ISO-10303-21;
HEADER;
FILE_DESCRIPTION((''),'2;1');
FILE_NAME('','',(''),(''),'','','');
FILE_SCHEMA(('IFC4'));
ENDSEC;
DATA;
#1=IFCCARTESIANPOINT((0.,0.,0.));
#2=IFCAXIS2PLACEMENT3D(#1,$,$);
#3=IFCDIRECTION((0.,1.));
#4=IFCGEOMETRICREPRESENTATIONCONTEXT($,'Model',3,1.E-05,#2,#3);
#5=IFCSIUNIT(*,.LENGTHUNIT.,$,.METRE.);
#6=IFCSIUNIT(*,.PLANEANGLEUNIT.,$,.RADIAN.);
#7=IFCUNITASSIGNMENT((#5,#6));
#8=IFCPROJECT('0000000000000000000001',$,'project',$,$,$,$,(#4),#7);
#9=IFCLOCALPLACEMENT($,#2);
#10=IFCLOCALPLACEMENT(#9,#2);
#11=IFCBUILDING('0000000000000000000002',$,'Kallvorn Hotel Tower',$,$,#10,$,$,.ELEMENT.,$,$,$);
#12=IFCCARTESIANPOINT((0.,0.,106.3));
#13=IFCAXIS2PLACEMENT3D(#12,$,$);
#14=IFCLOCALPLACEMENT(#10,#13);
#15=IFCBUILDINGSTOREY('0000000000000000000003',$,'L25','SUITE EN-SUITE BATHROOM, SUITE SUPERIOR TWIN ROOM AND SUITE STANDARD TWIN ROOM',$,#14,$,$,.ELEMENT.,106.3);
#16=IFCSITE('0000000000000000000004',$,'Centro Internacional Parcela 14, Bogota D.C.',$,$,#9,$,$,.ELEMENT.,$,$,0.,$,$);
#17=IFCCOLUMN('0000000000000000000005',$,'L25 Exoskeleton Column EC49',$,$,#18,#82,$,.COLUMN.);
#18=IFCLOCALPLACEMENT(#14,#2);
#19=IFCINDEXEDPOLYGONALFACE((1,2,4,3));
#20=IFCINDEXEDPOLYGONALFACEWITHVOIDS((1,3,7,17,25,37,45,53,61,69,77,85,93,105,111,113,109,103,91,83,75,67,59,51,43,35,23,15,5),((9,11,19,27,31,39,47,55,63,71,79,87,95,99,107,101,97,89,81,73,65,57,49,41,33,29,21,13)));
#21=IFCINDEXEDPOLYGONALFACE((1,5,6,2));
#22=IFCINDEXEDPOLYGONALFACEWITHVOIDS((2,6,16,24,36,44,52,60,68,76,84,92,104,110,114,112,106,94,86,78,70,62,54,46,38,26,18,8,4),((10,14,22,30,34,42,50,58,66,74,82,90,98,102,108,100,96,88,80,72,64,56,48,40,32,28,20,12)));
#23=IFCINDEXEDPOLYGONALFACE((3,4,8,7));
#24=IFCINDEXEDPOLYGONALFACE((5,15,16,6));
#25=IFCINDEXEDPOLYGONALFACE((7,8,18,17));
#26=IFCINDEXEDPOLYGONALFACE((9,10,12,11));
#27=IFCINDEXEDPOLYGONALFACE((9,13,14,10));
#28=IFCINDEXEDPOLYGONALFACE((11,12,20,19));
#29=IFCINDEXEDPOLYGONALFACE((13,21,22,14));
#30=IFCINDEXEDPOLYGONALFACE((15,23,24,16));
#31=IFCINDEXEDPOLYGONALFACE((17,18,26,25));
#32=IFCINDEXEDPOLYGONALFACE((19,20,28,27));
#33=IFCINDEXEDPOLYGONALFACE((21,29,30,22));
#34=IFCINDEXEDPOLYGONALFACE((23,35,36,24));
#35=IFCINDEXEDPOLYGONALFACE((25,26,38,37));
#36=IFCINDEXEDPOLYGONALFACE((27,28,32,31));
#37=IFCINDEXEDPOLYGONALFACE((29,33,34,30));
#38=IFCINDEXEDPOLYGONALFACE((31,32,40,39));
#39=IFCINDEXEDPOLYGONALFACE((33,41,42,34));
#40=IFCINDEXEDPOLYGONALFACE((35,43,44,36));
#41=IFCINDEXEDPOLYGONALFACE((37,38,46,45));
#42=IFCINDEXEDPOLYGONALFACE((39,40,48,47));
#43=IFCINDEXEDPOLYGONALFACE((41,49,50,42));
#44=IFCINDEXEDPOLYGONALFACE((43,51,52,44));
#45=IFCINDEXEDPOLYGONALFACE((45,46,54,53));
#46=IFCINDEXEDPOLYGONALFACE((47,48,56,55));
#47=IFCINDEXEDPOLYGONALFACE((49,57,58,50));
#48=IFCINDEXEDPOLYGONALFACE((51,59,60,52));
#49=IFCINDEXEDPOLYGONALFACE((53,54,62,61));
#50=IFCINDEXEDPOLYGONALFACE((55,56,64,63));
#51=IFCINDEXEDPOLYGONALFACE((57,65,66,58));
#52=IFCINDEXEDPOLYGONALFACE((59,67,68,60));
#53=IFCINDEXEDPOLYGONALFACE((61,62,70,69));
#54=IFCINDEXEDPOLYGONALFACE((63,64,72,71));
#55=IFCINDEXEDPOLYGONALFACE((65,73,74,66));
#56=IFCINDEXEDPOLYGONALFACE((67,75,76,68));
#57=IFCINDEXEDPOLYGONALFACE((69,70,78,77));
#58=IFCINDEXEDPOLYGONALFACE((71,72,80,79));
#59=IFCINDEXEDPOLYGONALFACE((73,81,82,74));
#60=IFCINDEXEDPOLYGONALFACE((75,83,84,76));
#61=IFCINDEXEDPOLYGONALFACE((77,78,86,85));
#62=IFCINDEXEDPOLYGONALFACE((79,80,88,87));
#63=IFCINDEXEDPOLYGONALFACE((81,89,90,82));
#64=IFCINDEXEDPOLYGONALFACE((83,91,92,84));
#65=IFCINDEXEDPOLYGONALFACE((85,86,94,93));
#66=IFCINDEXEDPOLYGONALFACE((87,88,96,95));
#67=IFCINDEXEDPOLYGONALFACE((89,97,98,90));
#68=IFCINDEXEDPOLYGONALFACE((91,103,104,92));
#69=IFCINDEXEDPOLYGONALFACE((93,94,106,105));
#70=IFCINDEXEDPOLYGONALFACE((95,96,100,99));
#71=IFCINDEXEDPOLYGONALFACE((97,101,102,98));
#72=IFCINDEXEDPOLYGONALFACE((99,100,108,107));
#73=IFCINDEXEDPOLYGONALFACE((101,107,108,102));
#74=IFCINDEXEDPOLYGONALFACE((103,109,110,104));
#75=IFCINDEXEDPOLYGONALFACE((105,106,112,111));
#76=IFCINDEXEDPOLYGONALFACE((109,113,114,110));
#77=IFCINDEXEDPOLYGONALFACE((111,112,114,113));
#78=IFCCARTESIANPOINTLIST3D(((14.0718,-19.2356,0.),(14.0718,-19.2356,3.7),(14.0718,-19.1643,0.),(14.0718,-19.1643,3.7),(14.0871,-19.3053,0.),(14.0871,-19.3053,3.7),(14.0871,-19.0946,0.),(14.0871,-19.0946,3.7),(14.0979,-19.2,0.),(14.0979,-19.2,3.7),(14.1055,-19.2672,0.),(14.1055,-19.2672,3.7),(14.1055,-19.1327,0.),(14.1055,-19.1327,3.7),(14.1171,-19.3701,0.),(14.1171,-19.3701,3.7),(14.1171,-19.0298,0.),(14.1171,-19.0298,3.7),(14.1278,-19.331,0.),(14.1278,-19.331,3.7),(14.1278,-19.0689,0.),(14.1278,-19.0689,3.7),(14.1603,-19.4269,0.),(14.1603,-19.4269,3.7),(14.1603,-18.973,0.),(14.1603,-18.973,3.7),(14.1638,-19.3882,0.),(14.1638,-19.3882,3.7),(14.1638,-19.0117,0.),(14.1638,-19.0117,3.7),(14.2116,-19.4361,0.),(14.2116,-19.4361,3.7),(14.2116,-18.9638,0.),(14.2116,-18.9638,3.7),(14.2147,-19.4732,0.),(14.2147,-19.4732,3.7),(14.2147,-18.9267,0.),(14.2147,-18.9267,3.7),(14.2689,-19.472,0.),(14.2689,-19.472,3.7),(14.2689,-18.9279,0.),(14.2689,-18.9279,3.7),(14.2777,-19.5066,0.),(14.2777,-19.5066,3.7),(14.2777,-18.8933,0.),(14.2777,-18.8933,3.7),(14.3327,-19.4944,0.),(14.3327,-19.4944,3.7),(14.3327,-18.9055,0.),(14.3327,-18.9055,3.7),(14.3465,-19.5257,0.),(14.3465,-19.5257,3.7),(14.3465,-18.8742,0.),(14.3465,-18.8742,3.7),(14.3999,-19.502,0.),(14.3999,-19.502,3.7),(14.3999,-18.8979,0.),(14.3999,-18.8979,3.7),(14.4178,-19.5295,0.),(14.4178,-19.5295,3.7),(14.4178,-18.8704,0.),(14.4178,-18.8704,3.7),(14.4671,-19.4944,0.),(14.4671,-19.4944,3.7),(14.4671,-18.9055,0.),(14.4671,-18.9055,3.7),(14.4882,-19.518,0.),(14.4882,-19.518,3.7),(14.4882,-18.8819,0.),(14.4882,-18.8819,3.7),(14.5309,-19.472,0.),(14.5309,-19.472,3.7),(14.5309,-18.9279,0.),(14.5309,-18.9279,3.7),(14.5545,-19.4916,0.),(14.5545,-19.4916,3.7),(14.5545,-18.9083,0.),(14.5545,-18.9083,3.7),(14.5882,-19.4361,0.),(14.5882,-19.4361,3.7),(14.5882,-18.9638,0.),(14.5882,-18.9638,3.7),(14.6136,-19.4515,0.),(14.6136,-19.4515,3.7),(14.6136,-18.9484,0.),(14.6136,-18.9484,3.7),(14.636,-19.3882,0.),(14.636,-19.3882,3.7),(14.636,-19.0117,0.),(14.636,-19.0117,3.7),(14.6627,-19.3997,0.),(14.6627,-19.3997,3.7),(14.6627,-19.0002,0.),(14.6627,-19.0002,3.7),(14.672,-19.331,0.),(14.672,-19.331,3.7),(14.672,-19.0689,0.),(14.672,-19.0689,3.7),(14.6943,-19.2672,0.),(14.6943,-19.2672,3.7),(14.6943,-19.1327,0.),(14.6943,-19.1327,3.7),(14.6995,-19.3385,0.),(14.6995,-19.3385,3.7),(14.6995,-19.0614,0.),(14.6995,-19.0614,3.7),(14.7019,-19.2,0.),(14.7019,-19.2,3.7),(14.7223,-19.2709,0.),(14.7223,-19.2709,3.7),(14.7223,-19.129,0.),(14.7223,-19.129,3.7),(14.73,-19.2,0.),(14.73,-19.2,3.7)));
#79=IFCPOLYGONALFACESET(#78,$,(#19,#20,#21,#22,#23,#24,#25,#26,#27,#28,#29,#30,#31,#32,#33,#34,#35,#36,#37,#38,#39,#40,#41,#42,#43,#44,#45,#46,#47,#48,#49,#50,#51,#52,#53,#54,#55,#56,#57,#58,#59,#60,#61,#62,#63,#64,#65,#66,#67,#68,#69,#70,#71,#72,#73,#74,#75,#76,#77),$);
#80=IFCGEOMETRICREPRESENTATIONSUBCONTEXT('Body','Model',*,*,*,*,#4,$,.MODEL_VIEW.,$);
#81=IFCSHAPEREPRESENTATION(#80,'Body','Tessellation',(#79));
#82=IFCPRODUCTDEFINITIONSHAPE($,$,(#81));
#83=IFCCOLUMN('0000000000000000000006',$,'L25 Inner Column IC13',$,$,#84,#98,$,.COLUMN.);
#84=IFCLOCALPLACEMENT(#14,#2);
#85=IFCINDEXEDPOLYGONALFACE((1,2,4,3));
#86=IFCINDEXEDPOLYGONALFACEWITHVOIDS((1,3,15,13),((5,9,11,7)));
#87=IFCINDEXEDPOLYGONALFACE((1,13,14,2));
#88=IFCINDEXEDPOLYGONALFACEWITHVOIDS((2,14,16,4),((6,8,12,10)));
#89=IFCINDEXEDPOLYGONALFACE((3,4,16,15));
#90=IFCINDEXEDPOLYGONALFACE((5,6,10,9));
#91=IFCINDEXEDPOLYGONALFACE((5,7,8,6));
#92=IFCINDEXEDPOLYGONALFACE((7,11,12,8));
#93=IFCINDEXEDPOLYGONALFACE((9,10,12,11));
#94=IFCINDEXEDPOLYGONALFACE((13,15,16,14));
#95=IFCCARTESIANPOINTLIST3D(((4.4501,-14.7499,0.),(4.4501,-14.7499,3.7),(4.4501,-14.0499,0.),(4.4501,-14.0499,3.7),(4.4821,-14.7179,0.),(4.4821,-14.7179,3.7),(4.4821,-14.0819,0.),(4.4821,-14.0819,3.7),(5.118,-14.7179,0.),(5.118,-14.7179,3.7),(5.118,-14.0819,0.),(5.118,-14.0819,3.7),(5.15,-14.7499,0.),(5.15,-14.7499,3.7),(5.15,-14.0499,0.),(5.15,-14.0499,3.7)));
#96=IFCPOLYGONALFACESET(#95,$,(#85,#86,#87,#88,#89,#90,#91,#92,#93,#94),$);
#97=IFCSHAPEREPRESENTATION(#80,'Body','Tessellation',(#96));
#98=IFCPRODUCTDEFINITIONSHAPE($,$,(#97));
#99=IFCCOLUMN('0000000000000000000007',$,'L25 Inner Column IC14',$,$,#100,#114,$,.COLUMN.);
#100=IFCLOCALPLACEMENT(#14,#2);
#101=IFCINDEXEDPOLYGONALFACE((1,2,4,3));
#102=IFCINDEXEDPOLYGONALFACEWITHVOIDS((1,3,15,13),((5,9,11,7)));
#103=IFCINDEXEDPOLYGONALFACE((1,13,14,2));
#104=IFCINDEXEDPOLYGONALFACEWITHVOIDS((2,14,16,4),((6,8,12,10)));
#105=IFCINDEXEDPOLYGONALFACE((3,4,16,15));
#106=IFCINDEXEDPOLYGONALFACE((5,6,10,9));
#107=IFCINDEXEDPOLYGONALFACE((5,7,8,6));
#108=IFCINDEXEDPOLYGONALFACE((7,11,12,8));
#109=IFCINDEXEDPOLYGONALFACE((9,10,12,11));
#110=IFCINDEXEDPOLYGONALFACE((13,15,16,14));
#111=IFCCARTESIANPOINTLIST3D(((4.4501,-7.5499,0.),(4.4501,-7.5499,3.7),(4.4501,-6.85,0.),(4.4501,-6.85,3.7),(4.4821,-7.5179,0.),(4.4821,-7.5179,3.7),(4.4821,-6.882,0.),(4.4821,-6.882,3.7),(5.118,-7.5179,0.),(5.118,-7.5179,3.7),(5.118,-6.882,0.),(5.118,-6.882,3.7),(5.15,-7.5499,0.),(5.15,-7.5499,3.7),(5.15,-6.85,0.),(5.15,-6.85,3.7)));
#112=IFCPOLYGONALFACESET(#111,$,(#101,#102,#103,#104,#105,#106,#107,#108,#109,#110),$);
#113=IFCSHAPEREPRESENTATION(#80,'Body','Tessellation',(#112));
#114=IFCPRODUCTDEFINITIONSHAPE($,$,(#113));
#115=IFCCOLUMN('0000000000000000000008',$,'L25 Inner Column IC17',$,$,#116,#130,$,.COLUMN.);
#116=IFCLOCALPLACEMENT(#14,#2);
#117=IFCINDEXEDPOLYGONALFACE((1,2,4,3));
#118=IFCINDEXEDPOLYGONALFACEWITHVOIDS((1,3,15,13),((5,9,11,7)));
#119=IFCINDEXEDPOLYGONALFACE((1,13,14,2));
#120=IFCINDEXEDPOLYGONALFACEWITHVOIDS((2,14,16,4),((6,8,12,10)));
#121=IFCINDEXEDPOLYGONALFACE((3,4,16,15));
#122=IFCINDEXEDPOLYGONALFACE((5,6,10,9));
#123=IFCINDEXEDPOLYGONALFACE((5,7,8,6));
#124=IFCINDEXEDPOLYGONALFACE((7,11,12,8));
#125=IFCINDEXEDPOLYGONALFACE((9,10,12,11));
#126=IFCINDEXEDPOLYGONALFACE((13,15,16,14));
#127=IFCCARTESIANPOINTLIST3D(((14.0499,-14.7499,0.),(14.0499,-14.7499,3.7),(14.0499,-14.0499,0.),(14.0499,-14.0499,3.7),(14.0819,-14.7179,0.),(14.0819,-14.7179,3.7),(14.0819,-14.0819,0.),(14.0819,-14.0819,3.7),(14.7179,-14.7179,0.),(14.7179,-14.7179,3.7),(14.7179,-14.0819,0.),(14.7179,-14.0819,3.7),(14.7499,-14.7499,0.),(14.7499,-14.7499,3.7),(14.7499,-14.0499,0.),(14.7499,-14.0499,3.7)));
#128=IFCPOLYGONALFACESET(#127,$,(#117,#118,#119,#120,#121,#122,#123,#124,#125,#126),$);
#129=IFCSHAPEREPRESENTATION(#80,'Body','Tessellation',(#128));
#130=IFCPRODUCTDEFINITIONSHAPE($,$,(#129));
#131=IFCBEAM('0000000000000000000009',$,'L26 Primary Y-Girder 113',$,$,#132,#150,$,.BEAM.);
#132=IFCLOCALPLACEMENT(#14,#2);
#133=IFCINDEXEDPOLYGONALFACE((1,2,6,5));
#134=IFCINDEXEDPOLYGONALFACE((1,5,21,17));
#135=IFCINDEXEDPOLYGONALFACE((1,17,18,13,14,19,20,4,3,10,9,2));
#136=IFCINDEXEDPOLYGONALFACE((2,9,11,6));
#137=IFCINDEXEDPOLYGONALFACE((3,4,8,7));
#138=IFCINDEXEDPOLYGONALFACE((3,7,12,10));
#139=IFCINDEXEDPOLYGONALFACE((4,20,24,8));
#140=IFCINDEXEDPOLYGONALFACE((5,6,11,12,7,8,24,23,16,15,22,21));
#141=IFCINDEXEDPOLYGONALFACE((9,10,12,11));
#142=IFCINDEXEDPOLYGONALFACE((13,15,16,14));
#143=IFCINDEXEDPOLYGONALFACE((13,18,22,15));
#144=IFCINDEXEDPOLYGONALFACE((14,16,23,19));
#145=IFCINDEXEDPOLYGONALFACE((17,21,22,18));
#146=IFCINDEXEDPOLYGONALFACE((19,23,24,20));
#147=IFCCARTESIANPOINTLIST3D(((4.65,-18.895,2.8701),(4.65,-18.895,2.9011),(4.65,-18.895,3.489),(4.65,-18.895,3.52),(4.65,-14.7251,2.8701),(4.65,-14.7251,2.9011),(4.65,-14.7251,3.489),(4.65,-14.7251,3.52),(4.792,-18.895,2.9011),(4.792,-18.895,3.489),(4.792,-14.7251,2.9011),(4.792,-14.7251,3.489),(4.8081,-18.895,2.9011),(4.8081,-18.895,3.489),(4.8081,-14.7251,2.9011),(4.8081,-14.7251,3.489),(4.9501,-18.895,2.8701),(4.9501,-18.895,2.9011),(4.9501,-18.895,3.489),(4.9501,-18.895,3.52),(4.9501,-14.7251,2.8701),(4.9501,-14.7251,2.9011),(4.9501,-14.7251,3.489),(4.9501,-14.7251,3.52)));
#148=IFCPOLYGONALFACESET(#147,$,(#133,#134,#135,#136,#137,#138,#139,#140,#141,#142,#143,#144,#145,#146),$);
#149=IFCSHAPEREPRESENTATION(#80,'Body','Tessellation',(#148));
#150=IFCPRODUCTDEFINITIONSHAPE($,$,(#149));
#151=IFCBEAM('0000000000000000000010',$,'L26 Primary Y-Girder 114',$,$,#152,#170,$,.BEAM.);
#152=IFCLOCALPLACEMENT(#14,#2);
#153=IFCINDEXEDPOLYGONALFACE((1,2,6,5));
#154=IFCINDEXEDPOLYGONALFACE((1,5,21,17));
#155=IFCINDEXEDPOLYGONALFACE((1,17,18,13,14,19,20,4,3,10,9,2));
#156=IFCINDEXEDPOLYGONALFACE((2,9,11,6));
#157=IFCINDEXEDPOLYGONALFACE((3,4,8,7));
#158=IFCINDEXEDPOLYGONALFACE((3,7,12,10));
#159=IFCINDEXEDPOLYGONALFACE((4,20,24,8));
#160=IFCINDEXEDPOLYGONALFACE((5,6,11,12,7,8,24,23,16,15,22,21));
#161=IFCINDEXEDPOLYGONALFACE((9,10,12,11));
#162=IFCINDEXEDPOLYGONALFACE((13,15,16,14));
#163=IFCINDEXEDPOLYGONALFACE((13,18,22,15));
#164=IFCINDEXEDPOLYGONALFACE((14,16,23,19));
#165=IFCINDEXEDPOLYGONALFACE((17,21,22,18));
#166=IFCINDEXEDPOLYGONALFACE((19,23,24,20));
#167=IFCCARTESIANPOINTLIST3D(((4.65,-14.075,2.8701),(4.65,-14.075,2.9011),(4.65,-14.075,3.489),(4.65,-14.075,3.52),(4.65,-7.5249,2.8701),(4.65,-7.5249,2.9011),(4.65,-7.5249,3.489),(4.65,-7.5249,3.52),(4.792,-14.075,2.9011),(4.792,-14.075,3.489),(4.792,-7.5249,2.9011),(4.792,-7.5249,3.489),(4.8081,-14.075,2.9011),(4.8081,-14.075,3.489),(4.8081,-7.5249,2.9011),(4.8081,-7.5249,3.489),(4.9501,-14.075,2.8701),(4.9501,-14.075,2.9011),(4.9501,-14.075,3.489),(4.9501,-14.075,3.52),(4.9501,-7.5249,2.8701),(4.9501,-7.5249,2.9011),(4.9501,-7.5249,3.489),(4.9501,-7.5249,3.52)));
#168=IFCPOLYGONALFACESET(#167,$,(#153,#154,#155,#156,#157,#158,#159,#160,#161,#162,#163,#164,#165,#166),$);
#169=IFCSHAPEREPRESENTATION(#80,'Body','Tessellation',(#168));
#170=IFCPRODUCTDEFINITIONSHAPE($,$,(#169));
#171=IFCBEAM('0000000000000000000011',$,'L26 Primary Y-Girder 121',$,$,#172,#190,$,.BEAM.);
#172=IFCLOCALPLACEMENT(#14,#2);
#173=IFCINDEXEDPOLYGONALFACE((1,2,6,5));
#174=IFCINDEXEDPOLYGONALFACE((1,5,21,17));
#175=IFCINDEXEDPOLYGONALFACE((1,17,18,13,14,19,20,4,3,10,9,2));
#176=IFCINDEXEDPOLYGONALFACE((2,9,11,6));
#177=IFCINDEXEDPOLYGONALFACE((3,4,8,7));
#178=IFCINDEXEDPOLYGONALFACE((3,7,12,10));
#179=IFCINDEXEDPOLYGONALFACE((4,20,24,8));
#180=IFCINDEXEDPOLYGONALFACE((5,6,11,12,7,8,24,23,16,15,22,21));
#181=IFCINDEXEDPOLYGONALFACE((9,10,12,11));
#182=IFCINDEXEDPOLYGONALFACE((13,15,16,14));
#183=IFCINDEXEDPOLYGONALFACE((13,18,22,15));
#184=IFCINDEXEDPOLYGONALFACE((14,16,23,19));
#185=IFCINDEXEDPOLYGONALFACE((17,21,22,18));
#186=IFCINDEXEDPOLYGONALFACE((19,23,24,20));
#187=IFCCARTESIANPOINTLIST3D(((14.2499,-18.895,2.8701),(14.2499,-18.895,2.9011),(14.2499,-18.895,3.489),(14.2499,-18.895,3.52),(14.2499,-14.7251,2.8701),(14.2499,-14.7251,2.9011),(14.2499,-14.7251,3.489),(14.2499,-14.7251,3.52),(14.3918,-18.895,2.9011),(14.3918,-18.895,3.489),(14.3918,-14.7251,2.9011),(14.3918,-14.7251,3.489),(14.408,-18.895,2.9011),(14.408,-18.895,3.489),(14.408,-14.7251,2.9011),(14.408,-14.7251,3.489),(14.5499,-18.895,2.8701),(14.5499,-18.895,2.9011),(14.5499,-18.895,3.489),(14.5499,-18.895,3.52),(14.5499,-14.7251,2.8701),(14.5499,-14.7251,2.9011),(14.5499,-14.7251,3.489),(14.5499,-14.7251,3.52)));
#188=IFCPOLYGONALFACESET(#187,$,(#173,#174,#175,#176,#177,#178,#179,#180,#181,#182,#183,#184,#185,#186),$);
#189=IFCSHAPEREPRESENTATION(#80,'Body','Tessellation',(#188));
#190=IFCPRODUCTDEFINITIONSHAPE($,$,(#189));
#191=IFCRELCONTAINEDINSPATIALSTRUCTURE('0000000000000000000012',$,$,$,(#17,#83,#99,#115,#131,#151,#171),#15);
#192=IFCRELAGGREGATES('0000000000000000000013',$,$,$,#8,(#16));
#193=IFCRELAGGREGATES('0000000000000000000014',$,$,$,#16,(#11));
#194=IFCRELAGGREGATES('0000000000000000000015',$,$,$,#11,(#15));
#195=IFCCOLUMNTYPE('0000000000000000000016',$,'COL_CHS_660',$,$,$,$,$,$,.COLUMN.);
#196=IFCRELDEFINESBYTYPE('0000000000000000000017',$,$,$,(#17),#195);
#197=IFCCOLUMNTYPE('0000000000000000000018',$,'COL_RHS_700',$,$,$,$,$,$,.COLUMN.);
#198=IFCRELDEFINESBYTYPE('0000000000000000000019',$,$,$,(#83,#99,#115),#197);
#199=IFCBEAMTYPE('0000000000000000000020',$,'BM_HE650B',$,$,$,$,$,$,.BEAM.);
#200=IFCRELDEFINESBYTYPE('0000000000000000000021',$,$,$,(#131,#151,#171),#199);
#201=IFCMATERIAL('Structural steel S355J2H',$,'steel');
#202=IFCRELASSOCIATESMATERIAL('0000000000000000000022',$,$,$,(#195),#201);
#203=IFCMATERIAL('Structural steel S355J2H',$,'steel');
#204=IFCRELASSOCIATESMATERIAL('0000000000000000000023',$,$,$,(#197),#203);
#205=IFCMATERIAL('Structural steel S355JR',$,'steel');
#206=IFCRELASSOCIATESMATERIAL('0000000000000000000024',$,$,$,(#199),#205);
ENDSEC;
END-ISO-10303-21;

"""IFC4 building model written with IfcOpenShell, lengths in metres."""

from ifc_helpers import new_model, si_unit, direction, frame, origin, origin_2d, place, context, subcontext, project, spatial, hollow_rectangle, hollow_circle, i_section, extrude, material, material_profile, profile_set, type_object, element, save


model = new_model("IFC4")

# Units and contexts
model_context = context("Model", 3, precision=1e-05, world=origin(), true_north=direction((0.0, 1.0)))
body_context = subcontext(model_context, "Body", "Model", "MODEL_VIEW")
ifc_project = project(units=[si_unit("LENGTHUNIT", "METRE"), si_unit("PLANEANGLEUNIT", "RADIAN")], contexts=[model_context])

# Site, building, storey
site_placement = place(None, origin())
site = spatial("IfcSite", under=ifc_project, at=site_placement, Name="Centro Internacional Parcela 14, Bogota D.C.", CompositionType="ELEMENT", RefElevation=0.0)
building_placement = place(site_placement, origin())
building = spatial("IfcBuilding", under=site, at=building_placement, Name="Kallvorn Hotel Tower", CompositionType="ELEMENT")
storey_placement = place(building_placement, frame((0.0, 0.0, 106.3)))
storey = spatial("IfcBuildingStorey", under=building, at=storey_placement, Name="L25", Description="SUITE EN-SUITE BATHROOM, SUITE SUPERIOR TWIN ROOM AND SUITE STANDARD TWIN ROOM", CompositionType="ELEMENT", Elevation=106.3)

# Columns
ifc_material_1 = material(Name="Structural steel S355J2H", Category="steel")
ifc_material_profile_1 = material_profile(ifc_material_1, hollow_circle(Radius=0.3301, WallThickness=0.0281, at=origin_2d()), Name="CHS 660x28")
ifc_profile_set_1 = profile_set([ifc_material_profile_1], Name="Structural steel S355J2H")
column_type_1 = type_object("IfcColumnType", Name="COL_CHS_660", PredefinedType="COLUMN", material=ifc_profile_set_1)
for number, where, z_axis, x_axis, name in (
    (1, (14.3999, -19.2, 0.0), (0.0, 0.0, 1.0), (1.0, 0.0, 0.0), "L25 Exoskeleton Column EC49"),
):
    element("IfcColumn", number, at=place(storey_placement, frame(where, z_axis=z_axis, x_axis=x_axis)), inside=storey, type_object=column_type_1, Name=name, PredefinedType="COLUMN", context=body_context, shape_type="SweptSolid", body=[
        extrude(hollow_circle(Radius=0.3301, WallThickness=0.0281, at=origin_2d()), origin(), (0.0, 0.0, 1.0), 3.7),
    ])
ifc_material_2 = material(Name="Structural steel S355J2H", Category="steel")
ifc_material_profile_2 = material_profile(ifc_material_2, hollow_rectangle(XDim=0.7, YDim=0.7, WallThickness=0.032, at=origin_2d()), Name="RHS 700x700x32")
ifc_profile_set_2 = profile_set([ifc_material_profile_2], Name="Structural steel S355J2H")
column_type_2 = type_object("IfcColumnType", Name="COL_RHS_700", PredefinedType="COLUMN", material=ifc_profile_set_2)
for number, where, z_axis, x_axis, name in (
    (2, (4.8, -14.3999, 0.0), (0.0, 0.0, 1.0), (1.0, 0.0, 0.0), "L25 Inner Column IC13"),
    (3, (4.8, -7.2, 0.0), (0.0, 0.0, 1.0), (1.0, 0.0, 0.0), "L25 Inner Column IC14"),
    (4, (14.3999, -14.3999, 0.0), (0.0, 0.0, 1.0), (1.0, 0.0, 0.0), "L25 Inner Column IC17"),
):
    element("IfcColumn", number, at=place(storey_placement, frame(where, z_axis=z_axis, x_axis=x_axis)), inside=storey, type_object=column_type_2, Name=name, PredefinedType="COLUMN", context=body_context, shape_type="SweptSolid", body=[
        extrude(hollow_rectangle(XDim=0.7, YDim=0.7, WallThickness=0.032, at=origin_2d()), origin(), (0.0, 0.0, 1.0), 3.7),
    ])

# Beams
ifc_material_3 = material(Name="Structural steel S355JR", Category="steel")
ifc_material_profile_3 = material_profile(ifc_material_3, i_section(OverallWidth=0.3, OverallDepth=0.6499, WebThickness=0.0161, FlangeThickness=0.031, at=origin_2d()), Name="HE 650 B")
ifc_profile_set_3 = profile_set([ifc_material_profile_3], Name="Structural steel S355JR")
beam_type_1 = type_object("IfcBeamType", Name="BM_HE650B", PredefinedType="BEAM", material=ifc_profile_set_3)
beam_1_placement = place(storey_placement, frame((4.8, -18.895, 3.1951), z_axis=(0.0, 1.0, 0.0), x_axis=(-1.0, 0.0, 0.0)))
element("IfcBeam", 5, at=beam_1_placement, inside=storey, type_object=beam_type_1, Name="L26 Primary Y-Girder 113", PredefinedType="BEAM", context=body_context, shape_type="SweptSolid", body=[
    extrude(i_section(OverallWidth=0.3, OverallDepth=0.6499, WebThickness=0.0161, FlangeThickness=0.031, at=origin_2d()), origin(), (0.0, 0.0, 1.0), 4.1699),
])
beam_2_placement = place(storey_placement, frame((4.8, -14.075, 3.1951), z_axis=(0.0, 1.0, 0.0), x_axis=(-1.0, 0.0, 0.0)))
element("IfcBeam", 6, at=beam_2_placement, inside=storey, type_object=beam_type_1, Name="L26 Primary Y-Girder 114", PredefinedType="BEAM", context=body_context, shape_type="SweptSolid", body=[
    extrude(i_section(OverallWidth=0.3, OverallDepth=0.6499, WebThickness=0.0161, FlangeThickness=0.031, at=origin_2d()), origin(), (0.0, 0.0, 1.0), 6.55),
])
beam_3_placement = place(storey_placement, frame((14.3999, -18.895, 3.1951), z_axis=(0.0, 1.0, 0.0), x_axis=(-1.0, 0.0, 0.0)))
element("IfcBeam", 7, at=beam_3_placement, inside=storey, type_object=beam_type_1, Name="L26 Primary Y-Girder 121", PredefinedType="BEAM", context=body_context, shape_type="SweptSolid", body=[
    extrude(i_section(OverallWidth=0.3, OverallDepth=0.6499, WebThickness=0.0161, FlangeThickness=0.031, at=origin_2d()), origin(), (0.0, 0.0, 1.0), 4.1699),
])

save(model, "model.ifc")
